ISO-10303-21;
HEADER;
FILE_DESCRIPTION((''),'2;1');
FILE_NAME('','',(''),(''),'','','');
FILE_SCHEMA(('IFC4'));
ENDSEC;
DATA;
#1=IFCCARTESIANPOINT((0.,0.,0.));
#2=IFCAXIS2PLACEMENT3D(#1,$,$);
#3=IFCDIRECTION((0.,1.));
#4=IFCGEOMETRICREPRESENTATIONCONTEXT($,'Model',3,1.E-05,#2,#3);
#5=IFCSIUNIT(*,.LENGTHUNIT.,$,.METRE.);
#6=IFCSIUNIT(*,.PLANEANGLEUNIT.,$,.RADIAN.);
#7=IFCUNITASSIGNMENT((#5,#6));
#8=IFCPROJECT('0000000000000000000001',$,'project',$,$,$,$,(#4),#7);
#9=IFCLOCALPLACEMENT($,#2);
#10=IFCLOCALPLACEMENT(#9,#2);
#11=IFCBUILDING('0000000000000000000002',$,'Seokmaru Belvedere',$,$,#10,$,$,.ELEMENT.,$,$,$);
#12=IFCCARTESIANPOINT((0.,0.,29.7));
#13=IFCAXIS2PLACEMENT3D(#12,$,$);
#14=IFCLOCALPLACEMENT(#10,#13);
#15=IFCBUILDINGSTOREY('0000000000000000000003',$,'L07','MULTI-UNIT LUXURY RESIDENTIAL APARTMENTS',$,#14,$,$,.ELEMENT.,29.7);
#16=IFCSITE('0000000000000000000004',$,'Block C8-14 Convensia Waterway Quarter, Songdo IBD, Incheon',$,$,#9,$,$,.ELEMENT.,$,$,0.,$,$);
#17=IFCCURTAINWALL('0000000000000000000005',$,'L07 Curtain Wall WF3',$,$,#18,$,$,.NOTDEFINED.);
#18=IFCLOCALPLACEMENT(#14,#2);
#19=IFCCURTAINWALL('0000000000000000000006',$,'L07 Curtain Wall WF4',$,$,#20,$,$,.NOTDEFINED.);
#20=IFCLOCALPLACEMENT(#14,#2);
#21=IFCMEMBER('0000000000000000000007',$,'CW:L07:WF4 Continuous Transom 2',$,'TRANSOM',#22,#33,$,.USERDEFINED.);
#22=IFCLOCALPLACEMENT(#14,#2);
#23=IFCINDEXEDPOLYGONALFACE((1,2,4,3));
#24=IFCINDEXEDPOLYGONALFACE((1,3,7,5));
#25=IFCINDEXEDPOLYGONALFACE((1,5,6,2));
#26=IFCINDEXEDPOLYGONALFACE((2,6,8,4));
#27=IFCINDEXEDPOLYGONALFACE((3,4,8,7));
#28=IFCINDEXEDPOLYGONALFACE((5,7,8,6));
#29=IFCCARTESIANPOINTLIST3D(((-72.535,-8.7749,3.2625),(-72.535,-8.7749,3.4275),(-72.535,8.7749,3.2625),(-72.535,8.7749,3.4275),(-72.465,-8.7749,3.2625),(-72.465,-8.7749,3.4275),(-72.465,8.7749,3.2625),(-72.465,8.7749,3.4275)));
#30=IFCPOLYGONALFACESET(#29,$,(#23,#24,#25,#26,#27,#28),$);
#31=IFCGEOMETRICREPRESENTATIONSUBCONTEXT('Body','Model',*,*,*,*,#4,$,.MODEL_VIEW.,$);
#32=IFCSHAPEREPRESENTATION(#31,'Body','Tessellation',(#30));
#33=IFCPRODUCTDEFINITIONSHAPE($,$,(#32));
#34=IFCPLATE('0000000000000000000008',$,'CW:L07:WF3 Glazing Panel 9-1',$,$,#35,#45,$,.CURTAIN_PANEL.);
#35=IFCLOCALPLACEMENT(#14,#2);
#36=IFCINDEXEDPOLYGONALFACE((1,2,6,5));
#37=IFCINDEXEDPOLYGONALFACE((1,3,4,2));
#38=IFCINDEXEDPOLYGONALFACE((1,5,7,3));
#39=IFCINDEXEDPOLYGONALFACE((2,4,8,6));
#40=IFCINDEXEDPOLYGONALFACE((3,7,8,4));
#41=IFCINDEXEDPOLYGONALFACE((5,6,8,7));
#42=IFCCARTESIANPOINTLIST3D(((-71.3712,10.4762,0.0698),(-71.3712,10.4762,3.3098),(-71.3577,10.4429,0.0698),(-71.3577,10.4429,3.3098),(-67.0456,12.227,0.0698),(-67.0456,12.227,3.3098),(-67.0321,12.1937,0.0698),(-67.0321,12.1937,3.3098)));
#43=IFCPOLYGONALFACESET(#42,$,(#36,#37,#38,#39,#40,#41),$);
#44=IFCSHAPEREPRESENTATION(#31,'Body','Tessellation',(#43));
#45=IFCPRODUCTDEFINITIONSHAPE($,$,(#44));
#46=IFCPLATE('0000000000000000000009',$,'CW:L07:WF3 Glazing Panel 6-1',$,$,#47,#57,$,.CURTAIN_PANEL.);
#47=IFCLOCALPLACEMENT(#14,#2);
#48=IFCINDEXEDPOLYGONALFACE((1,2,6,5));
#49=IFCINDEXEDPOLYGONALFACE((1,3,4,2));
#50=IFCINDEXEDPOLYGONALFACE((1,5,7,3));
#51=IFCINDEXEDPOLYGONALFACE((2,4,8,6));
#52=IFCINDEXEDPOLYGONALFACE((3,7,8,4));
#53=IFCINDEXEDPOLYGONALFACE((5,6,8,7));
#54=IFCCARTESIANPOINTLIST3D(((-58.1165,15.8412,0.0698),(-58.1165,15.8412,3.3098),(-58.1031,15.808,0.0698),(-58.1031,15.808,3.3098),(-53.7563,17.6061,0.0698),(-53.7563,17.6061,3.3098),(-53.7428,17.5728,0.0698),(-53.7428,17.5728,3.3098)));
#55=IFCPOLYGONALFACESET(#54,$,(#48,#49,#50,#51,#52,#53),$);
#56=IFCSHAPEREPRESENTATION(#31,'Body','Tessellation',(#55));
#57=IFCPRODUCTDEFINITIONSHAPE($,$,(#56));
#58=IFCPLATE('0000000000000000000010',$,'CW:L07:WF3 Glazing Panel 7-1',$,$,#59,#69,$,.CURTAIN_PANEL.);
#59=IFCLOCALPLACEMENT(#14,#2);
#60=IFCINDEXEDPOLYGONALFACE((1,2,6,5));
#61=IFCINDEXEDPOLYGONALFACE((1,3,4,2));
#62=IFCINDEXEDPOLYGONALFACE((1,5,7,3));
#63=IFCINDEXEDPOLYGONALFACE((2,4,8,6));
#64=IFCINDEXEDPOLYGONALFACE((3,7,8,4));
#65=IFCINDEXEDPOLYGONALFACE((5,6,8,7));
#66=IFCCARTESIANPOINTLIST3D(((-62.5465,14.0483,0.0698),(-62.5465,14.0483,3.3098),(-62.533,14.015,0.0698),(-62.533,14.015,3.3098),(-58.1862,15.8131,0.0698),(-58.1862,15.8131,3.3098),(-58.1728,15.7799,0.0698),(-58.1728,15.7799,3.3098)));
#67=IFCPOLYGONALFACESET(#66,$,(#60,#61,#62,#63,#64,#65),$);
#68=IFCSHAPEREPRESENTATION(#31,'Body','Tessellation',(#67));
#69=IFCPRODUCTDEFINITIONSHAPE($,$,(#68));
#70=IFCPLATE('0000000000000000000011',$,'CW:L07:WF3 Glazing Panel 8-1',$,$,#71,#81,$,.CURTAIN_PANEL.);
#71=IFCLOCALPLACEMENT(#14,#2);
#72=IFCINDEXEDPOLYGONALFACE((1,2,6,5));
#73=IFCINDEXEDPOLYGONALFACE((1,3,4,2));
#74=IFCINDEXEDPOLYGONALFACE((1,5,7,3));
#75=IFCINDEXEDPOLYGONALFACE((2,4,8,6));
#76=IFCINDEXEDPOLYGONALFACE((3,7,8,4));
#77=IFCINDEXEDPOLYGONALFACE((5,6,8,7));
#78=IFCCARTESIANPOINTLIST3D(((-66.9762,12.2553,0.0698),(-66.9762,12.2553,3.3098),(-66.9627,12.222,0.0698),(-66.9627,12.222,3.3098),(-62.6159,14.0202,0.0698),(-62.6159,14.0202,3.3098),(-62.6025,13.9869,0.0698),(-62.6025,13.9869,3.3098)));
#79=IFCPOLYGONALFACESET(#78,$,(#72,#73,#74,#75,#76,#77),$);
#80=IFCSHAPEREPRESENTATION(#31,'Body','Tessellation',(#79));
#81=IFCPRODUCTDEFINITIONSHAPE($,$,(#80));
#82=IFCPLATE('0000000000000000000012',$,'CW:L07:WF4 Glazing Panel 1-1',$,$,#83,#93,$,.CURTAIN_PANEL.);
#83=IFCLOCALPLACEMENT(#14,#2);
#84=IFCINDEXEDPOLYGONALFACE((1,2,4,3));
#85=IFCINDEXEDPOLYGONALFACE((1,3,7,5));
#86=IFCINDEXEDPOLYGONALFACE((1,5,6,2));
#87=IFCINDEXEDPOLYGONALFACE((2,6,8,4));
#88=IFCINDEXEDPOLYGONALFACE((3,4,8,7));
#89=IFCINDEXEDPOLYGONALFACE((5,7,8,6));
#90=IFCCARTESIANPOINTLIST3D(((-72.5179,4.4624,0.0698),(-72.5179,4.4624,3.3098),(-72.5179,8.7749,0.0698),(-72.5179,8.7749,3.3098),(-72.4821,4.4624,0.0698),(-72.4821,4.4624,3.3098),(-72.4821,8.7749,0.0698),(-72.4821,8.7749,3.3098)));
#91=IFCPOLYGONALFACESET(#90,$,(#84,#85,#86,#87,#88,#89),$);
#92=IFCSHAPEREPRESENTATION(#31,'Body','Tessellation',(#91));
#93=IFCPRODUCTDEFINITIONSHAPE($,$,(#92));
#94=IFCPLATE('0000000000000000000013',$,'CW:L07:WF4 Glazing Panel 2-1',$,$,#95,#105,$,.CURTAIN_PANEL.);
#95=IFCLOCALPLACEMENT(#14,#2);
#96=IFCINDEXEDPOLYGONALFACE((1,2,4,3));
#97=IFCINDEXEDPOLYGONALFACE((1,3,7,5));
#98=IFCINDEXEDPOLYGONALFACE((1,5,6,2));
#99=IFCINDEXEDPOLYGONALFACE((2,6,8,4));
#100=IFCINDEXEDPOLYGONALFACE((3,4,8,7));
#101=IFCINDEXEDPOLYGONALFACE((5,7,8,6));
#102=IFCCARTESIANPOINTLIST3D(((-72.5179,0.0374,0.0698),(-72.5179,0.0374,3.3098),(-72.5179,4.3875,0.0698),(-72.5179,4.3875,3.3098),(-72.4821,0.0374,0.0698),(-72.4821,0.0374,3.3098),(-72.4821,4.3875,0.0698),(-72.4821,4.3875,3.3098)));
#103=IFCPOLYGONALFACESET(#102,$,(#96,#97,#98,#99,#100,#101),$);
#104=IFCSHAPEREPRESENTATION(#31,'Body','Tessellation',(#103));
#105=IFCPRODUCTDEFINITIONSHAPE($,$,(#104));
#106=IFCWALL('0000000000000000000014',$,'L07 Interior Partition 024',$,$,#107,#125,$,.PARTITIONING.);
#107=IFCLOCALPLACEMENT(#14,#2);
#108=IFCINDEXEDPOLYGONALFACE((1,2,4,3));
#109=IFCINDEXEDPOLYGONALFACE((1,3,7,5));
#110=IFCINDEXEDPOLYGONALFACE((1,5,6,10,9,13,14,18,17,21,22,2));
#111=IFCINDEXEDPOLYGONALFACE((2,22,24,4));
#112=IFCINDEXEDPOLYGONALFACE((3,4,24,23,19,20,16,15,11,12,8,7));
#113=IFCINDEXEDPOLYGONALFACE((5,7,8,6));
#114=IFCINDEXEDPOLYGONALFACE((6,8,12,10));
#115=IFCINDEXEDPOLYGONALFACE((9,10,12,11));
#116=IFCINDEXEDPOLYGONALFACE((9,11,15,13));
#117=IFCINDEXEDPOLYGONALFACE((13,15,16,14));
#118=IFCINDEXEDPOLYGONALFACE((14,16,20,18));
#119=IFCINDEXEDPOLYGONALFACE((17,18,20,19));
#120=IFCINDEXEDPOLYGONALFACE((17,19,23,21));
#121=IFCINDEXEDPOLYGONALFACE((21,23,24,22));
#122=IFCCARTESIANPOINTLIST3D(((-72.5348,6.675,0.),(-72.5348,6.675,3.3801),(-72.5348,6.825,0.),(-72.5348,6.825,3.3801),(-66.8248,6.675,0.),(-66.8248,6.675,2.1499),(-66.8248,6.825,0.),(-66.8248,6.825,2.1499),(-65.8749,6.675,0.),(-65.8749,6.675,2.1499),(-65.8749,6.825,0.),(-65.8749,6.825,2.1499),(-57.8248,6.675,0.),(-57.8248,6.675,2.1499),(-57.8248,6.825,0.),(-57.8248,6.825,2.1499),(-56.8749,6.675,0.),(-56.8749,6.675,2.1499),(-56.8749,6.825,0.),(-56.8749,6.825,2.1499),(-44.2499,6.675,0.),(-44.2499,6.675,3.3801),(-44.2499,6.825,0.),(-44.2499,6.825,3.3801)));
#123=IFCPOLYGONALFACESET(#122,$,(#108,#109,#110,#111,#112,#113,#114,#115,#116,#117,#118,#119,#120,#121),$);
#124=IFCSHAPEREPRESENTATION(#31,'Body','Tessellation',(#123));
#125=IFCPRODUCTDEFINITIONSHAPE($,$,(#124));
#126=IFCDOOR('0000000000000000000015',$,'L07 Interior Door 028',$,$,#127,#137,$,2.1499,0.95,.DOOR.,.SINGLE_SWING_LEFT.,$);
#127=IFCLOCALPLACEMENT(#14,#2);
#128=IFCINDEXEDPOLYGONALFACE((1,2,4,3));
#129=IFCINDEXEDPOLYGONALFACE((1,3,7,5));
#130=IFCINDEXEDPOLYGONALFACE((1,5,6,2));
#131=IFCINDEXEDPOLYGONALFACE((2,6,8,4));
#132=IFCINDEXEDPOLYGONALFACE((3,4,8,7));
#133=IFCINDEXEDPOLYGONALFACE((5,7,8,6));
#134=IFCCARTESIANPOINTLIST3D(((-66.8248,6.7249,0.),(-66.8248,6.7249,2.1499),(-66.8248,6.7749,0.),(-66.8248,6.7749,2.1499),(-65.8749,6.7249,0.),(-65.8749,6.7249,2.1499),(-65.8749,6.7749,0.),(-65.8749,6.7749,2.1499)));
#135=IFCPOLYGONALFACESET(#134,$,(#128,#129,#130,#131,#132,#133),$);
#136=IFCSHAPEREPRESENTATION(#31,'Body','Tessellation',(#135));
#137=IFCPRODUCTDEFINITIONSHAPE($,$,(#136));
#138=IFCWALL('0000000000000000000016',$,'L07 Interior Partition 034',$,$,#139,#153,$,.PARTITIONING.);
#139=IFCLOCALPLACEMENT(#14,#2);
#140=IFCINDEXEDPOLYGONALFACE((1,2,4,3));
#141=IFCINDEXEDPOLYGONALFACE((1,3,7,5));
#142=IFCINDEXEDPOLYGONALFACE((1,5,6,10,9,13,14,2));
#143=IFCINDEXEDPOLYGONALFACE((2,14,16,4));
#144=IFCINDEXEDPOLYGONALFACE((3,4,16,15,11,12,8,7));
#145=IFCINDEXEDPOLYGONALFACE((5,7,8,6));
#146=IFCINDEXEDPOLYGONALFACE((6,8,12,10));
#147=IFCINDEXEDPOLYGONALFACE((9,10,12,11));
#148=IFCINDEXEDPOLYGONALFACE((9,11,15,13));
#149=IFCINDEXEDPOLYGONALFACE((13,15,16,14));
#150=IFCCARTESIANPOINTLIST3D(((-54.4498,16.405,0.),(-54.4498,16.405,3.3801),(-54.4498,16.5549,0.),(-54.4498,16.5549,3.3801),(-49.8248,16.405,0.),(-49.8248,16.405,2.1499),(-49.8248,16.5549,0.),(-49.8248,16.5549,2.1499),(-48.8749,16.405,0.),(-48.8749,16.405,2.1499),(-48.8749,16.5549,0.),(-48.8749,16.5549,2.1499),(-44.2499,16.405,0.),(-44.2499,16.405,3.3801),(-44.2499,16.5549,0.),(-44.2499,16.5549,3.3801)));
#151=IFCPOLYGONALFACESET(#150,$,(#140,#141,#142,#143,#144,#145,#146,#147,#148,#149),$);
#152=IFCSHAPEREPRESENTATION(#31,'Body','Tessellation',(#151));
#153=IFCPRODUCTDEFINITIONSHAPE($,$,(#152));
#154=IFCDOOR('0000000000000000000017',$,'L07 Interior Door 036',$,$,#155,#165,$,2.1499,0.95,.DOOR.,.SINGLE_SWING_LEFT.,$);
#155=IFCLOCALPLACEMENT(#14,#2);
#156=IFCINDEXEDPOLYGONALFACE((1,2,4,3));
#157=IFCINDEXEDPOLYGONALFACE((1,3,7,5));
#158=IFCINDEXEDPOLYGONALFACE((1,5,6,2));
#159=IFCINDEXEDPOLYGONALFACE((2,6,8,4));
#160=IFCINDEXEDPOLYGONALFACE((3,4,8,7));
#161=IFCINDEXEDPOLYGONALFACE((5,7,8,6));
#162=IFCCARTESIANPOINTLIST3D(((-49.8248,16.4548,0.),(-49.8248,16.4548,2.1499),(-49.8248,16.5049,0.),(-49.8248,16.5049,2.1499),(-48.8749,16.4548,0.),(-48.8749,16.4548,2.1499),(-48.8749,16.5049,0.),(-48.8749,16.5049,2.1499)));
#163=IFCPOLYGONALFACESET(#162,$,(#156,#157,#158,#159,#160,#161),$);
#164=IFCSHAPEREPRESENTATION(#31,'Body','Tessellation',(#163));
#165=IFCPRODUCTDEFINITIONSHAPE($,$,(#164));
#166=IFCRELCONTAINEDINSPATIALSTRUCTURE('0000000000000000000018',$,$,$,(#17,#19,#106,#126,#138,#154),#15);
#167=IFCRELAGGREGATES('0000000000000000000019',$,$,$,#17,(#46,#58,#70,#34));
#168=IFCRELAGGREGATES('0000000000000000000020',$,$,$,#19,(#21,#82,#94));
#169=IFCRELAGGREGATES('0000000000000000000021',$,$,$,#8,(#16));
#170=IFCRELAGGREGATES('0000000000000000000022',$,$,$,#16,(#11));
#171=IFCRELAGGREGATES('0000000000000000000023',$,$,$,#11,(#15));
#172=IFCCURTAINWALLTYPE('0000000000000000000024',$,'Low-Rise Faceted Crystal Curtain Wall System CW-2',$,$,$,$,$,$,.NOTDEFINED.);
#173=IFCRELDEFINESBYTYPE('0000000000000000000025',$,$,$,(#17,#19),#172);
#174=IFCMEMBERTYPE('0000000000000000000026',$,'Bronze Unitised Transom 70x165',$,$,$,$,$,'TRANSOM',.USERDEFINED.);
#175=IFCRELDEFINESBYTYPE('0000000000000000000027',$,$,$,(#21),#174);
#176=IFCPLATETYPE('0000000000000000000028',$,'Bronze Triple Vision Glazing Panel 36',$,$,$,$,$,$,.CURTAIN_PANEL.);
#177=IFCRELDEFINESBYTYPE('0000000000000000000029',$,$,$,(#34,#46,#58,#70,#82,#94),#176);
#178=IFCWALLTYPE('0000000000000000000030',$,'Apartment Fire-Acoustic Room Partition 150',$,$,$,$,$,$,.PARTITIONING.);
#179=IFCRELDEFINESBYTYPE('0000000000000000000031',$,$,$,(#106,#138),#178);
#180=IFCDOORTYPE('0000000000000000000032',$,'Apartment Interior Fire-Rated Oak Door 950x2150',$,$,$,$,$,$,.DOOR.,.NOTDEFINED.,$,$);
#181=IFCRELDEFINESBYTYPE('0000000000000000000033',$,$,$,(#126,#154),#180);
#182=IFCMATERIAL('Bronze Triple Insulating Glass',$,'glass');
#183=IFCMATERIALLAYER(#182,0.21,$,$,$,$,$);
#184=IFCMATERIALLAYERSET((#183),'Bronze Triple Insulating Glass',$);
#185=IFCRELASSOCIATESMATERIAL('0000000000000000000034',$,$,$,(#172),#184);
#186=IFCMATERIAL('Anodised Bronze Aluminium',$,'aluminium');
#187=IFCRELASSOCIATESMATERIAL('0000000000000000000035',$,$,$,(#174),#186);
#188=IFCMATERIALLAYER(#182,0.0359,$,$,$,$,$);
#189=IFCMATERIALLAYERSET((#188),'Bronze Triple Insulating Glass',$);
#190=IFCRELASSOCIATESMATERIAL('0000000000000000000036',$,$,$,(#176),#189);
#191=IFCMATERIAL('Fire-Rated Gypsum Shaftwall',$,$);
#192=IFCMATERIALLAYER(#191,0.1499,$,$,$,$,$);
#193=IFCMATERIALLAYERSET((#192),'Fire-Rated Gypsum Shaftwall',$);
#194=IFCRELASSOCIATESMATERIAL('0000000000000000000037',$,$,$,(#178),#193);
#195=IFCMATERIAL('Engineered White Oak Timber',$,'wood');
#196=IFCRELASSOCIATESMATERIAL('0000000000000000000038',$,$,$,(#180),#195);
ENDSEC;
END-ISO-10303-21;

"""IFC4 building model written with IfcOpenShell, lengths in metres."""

from ifc_helpers import new_model, si_unit, direction, frame, frame_2d, origin, origin_2d, place, context, subcontext, project, spatial, rectangle, extrude, source, transform, mapped, material, layer, layer_set, material_profile, profile_set, type_object, type_shapes, element, fill, aggregate, save


model = new_model("IFC4")

# Units and contexts
model_context = context("Model", 3, precision=1e-05, world=origin(), true_north=direction((0.0, 1.0)))
body_context = subcontext(model_context, "Body", "Model", "MODEL_VIEW")
ifc_project = project(units=[si_unit("LENGTHUNIT", "METRE"), si_unit("PLANEANGLEUNIT", "RADIAN")], contexts=[model_context])

# Site, building, storey
site_placement = place(None, origin())
site = spatial("IfcSite", under=ifc_project, at=site_placement, Name="Block C8-14 Convensia Waterway Quarter, Songdo IBD, Incheon", CompositionType="ELEMENT", RefElevation=0.0)
building_placement = place(site_placement, origin())
building = spatial("IfcBuilding", under=site, at=building_placement, Name="Seokmaru Belvedere", CompositionType="ELEMENT")
storey_placement = place(building_placement, frame((0.0, 0.0, 29.7)))
storey = spatial("IfcBuildingStorey", under=building, at=storey_placement, Name="L07", Description="MULTI-UNIT LUXURY RESIDENTIAL APARTMENTS", CompositionType="ELEMENT", Elevation=29.7)

# Curtain walls
ifc_material_1 = material(Name="Bronze Triple Insulating Glass", Category="glass")
ifc_layer_1 = layer(ifc_material_1, 0.21)
ifc_layer_set_1 = layer_set([ifc_layer_1], Name="Bronze Triple Insulating Glass")
curtain_wall_type = type_object("IfcCurtainWallType", Name="Low-Rise Faceted Crystal Curtain Wall System CW-2", PredefinedType="NOTDEFINED", material=ifc_layer_set_1)
curtain_wall_1_placement = place(storey_placement, origin())
curtain_wall_1 = element("IfcCurtainWall", 1, at=curtain_wall_1_placement, inside=storey, type_object=curtain_wall_type, Name="L07 Curtain Wall WF3", PredefinedType="NOTDEFINED")
ifc_material_2 = material(Name="Anodised Bronze Aluminium", Category="aluminium")
curtain_wall_2_placement = place(storey_placement, origin())
curtain_wall_2 = element("IfcCurtainWall", 2, at=curtain_wall_2_placement, inside=storey, type_object=curtain_wall_type, Name="L07 Curtain Wall WF4", PredefinedType="NOTDEFINED")

# Member
ifc_material_profile_1 = material_profile(ifc_material_2, rectangle(XDim=0.0701, YDim=0.165, at=origin_2d()), Name="CW-T-70x165")
ifc_profile_set_1 = profile_set([ifc_material_profile_1], Name="Anodised Bronze Aluminium")
member_type_1 = type_object("IfcMemberType", Name="Bronze Unitised Transom 70x165", ElementType="TRANSOM", PredefinedType="USERDEFINED", material=ifc_profile_set_1)
shared_shape_1 = source(origin(), body_context, "Body", "SweptSolid", [
    extrude(rectangle(XDim=0.0701, YDim=0.165, at=origin_2d()), origin(), (0.0, 0.0, 1.0), 17.5498),
])
type_shapes(member_type_1, [shared_shape_1])
member_1_placement = place(storey_placement, frame((-72.5, 8.7749, 3.345), z_axis=(0.0, -1.0, 0.0), x_axis=(1.0, 0.0, 0.0)))
member_1 = element("IfcMember", 3, at=member_1_placement, type_object=member_type_1, Name="CW:L07:WF4 Continuous Transom 2", ObjectType="TRANSOM", PredefinedType="USERDEFINED", context=body_context, shape_type="MappedRepresentation", body=[
    mapped(shared_shape_1, transform((0.0, 0.0, 0.0), scale=1.0)),
])

# Plates
ifc_layer_2 = layer(ifc_material_1, 0.0359)
ifc_layer_set_2 = layer_set([ifc_layer_2], Name="Bronze Triple Insulating Glass")
plate_type = type_object("IfcPlateType", Name="Bronze Triple Vision Glazing Panel 36", PredefinedType="CURTAIN_PANEL", material=ifc_layer_set_2)
shared_shape_2 = source(origin(), body_context, "Body", "SweptSolid", [
    extrude(rectangle(XDim=4.6665, YDim=0.0359, at=origin_2d()), origin(), (0.0, 0.0, 1.0), 3.24),
])
plate_1_placement = place(storey_placement, frame((-69.2017, 11.335, 0.0698), z_axis=(0.0, 0.0, 1.0), x_axis=(-0.926947, -0.375192, 0.0)))
plate_1 = element("IfcPlate", 4, at=plate_1_placement, type_object=plate_type, Name="CW:L07:WF3 Glazing Panel 9-1", PredefinedType="CURTAIN_PANEL", context=body_context, shape_type="MappedRepresentation", body=[
    mapped(shared_shape_2, transform((0.0, 0.0, 0.0), scale=1.0)),
])
shared_shape_3 = source(origin(), body_context, "Body", "SweptSolid", [
    extrude(rectangle(XDim=4.7039, YDim=0.0359, at=origin_2d()), origin(), (0.0, 0.0, 1.0), 3.24),
])
plate_2_placement = place(storey_placement, frame((-55.9297, 16.707, 0.0698), z_axis=(0.0, 0.0, 1.0), x_axis=(-0.926947, -0.375192, 0.0)))
plate_2 = element("IfcPlate", 5, at=plate_2_placement, type_object=plate_type, Name="CW:L07:WF3 Glazing Panel 6-1", PredefinedType="CURTAIN_PANEL", context=body_context, shape_type="MappedRepresentation", body=[
    mapped(shared_shape_3, transform((0.0, 0.0, 0.0), scale=1.0)),
])
plate_3_placement = place(storey_placement, frame((-60.3596, 14.9141, 0.0698), z_axis=(0.0, 0.0, 1.0), x_axis=(-0.926947, -0.375192, 0.0)))
plate_3 = element("IfcPlate", 6, at=plate_3_placement, type_object=plate_type, Name="CW:L07:WF3 Glazing Panel 7-1", PredefinedType="CURTAIN_PANEL", context=body_context, shape_type="MappedRepresentation", body=[
    mapped(shared_shape_3, transform((0.0, 0.0, 0.0), scale=1.0)),
])
plate_4_placement = place(storey_placement, frame((-64.7893, 13.1211, 0.0698), z_axis=(0.0, 0.0, 1.0), x_axis=(-0.926947, -0.375192, 0.0)))
plate_4 = element("IfcPlate", 7, at=plate_4_placement, type_object=plate_type, Name="CW:L07:WF3 Glazing Panel 8-1", PredefinedType="CURTAIN_PANEL", context=body_context, shape_type="MappedRepresentation", body=[
    mapped(shared_shape_3, transform((0.0, 0.0, 0.0), scale=1.0)),
])
aggregate(curtain_wall_1, [plate_2, plate_3, plate_4, plate_1])
shared_shape_4 = source(origin(), body_context, "Body", "SweptSolid", [
    extrude(rectangle(XDim=4.3125, YDim=0.0359, at=origin_2d()), origin(), (0.0, 0.0, 1.0), 3.24),
])
plate_5_placement = place(storey_placement, frame((-72.5, 6.6187, 0.0698), z_axis=(0.0, 0.0, 1.0), x_axis=(0.0, -1.0, 0.0)))
plate_5 = element("IfcPlate", 8, at=plate_5_placement, type_object=plate_type, Name="CW:L07:WF4 Glazing Panel 1-1", PredefinedType="CURTAIN_PANEL", context=body_context, shape_type="MappedRepresentation", body=[
    mapped(shared_shape_4, transform((0.0, 0.0, 0.0), scale=1.0)),
])
shared_shape_5 = source(origin(), body_context, "Body", "SweptSolid", [
    extrude(rectangle(XDim=4.3501, YDim=0.0359, at=origin_2d()), origin(), (0.0, 0.0, 1.0), 3.24),
])
type_shapes(plate_type, [shared_shape_2, shared_shape_3, shared_shape_4, shared_shape_5])
plate_6_placement = place(storey_placement, frame((-72.5, 2.2124, 0.0698), z_axis=(0.0, 0.0, 1.0), x_axis=(0.0, -1.0, 0.0)))
plate_6 = element("IfcPlate", 9, at=plate_6_placement, type_object=plate_type, Name="CW:L07:WF4 Glazing Panel 2-1", PredefinedType="CURTAIN_PANEL", context=body_context, shape_type="MappedRepresentation", body=[
    mapped(shared_shape_5, transform((0.0, 0.0, 0.0), scale=1.0)),
])
aggregate(curtain_wall_2, [member_1, plate_5, plate_6])

# Wall, openings, door
ifc_material_3 = material(Name="Fire-Rated Gypsum Shaftwall")
ifc_layer_3 = layer(ifc_material_3, 0.1499)
ifc_layer_set_3 = layer_set([ifc_layer_3], Name="Fire-Rated Gypsum Shaftwall")
wall_type_1 = type_object("IfcWallType", Name="Apartment Fire-Acoustic Room Partition 150", PredefinedType="PARTITIONING", material=ifc_layer_set_3)
wall_1_placement = place(storey_placement, frame((-72.5349, 6.75, 0.0), z_axis=(0.0, 0.0, 1.0), x_axis=(1.0, 0.0, 0.0)))
wall_1 = element("IfcWall", 10, at=wall_1_placement, inside=storey, type_object=wall_type_1, Name="L07 Interior Partition 024", PredefinedType="PARTITIONING", context=body_context, shape_type="SweptSolid", body=[
    extrude(rectangle(XDim=28.2849, YDim=0.1499, at=frame_2d((14.1426, 0.0))), origin(), (0.0, 0.0, 1.0), 3.3801),
])
opening_1_placement = place(wall_1_placement, frame((5.71, 0.0, 0.0)))
opening_1 = element("IfcOpeningElement", 11, at=opening_1_placement, cuts=wall_1, PredefinedType="OPENING", context=body_context, shape_type="SweptSolid", body=[
    extrude(rectangle(XDim=0.95, YDim=2.1499, at=frame_2d((0.4751, 1.075))), frame((0.0, 0.085, 0.0), z_axis=(0.0, -1.0, 0.0), x_axis=(1.0, 0.0, 0.0)), (0.0, 0.0, 1.0), 0.1699),
])
opening_2_placement = place(wall_1_placement, frame((14.71, 0.0, 0.0)))
element("IfcOpeningElement", 12, at=opening_2_placement, cuts=wall_1, PredefinedType="OPENING", context=body_context, shape_type="SweptSolid", body=[
    extrude(rectangle(XDim=0.95, YDim=2.1499, at=frame_2d((0.4751, 1.075))), frame((0.0, 0.085, 0.0), z_axis=(0.0, -1.0, 0.0), x_axis=(1.0, 0.0, 0.0)), (0.0, 0.0, 1.0), 0.1699),
])
ifc_material_4 = material(Name="Engineered White Oak Timber", Category="wood")
door_type = type_object("IfcDoorType", Name="Apartment Interior Fire-Rated Oak Door 950x2150", OperationType="NOTDEFINED", PredefinedType="DOOR", material=ifc_material_4)
shared_shape_6 = source(origin(), body_context, "Body", "SweptSolid", [
    extrude(rectangle(XDim=0.95, YDim=2.1499, at=frame_2d((0.4751, 1.075))), frame((0.0, 0.0249, 0.0), z_axis=(0.0, -1.0, 0.0), x_axis=(1.0, 0.0, 0.0)), (0.0, 0.0, 1.0), 0.05),
])
type_shapes(door_type, [shared_shape_6])
door_1_placement = place(opening_1_placement, origin())
door_1 = element("IfcDoor", 13, at=door_1_placement, inside=storey, type_object=door_type, Name="L07 Interior Door 028", OperationType="SINGLE_SWING_LEFT", OverallHeight=2.1499, OverallWidth=0.95, PredefinedType="DOOR", context=body_context, shape_type="MappedRepresentation", body=[
    mapped(shared_shape_6, transform((0.0, 0.0, 0.0), scale=1.0)),
])
fill(opening_1, door_1)

# Wall, opening, door
wall_2_placement = place(storey_placement, frame((-54.45, 16.48, 0.0), z_axis=(0.0, 0.0, 1.0), x_axis=(1.0, 0.0, 0.0)))
wall_2 = element("IfcWall", 14, at=wall_2_placement, inside=storey, type_object=wall_type_1, Name="L07 Interior Partition 034", PredefinedType="PARTITIONING", context=body_context, shape_type="SweptSolid", body=[
    extrude(rectangle(XDim=10.2, YDim=0.1499, at=frame_2d((5.1001, 0.0))), origin(), (0.0, 0.0, 1.0), 3.3801),
])
opening_3_placement = place(wall_2_placement, frame((4.625, 0.0, 0.0)))
opening_3 = element("IfcOpeningElement", 15, at=opening_3_placement, cuts=wall_2, PredefinedType="OPENING", context=body_context, shape_type="SweptSolid", body=[
    extrude(rectangle(XDim=0.95, YDim=2.1499, at=frame_2d((0.4751, 1.075))), frame((0.0, 0.085, 0.0), z_axis=(0.0, -1.0, 0.0), x_axis=(1.0, 0.0, 0.0)), (0.0, 0.0, 1.0), 0.1699),
])
door_2_placement = place(opening_3_placement, origin())
door_2 = element("IfcDoor", 16, at=door_2_placement, inside=storey, type_object=door_type, Name="L07 Interior Door 036", OperationType="SINGLE_SWING_LEFT", OverallHeight=2.1499, OverallWidth=0.95, PredefinedType="DOOR", context=body_context, shape_type="MappedRepresentation", body=[
    mapped(shared_shape_6, transform((0.0, 0.0, 0.0), scale=1.0)),
])
fill(opening_3, door_2)

save(model, "model.ifc")
